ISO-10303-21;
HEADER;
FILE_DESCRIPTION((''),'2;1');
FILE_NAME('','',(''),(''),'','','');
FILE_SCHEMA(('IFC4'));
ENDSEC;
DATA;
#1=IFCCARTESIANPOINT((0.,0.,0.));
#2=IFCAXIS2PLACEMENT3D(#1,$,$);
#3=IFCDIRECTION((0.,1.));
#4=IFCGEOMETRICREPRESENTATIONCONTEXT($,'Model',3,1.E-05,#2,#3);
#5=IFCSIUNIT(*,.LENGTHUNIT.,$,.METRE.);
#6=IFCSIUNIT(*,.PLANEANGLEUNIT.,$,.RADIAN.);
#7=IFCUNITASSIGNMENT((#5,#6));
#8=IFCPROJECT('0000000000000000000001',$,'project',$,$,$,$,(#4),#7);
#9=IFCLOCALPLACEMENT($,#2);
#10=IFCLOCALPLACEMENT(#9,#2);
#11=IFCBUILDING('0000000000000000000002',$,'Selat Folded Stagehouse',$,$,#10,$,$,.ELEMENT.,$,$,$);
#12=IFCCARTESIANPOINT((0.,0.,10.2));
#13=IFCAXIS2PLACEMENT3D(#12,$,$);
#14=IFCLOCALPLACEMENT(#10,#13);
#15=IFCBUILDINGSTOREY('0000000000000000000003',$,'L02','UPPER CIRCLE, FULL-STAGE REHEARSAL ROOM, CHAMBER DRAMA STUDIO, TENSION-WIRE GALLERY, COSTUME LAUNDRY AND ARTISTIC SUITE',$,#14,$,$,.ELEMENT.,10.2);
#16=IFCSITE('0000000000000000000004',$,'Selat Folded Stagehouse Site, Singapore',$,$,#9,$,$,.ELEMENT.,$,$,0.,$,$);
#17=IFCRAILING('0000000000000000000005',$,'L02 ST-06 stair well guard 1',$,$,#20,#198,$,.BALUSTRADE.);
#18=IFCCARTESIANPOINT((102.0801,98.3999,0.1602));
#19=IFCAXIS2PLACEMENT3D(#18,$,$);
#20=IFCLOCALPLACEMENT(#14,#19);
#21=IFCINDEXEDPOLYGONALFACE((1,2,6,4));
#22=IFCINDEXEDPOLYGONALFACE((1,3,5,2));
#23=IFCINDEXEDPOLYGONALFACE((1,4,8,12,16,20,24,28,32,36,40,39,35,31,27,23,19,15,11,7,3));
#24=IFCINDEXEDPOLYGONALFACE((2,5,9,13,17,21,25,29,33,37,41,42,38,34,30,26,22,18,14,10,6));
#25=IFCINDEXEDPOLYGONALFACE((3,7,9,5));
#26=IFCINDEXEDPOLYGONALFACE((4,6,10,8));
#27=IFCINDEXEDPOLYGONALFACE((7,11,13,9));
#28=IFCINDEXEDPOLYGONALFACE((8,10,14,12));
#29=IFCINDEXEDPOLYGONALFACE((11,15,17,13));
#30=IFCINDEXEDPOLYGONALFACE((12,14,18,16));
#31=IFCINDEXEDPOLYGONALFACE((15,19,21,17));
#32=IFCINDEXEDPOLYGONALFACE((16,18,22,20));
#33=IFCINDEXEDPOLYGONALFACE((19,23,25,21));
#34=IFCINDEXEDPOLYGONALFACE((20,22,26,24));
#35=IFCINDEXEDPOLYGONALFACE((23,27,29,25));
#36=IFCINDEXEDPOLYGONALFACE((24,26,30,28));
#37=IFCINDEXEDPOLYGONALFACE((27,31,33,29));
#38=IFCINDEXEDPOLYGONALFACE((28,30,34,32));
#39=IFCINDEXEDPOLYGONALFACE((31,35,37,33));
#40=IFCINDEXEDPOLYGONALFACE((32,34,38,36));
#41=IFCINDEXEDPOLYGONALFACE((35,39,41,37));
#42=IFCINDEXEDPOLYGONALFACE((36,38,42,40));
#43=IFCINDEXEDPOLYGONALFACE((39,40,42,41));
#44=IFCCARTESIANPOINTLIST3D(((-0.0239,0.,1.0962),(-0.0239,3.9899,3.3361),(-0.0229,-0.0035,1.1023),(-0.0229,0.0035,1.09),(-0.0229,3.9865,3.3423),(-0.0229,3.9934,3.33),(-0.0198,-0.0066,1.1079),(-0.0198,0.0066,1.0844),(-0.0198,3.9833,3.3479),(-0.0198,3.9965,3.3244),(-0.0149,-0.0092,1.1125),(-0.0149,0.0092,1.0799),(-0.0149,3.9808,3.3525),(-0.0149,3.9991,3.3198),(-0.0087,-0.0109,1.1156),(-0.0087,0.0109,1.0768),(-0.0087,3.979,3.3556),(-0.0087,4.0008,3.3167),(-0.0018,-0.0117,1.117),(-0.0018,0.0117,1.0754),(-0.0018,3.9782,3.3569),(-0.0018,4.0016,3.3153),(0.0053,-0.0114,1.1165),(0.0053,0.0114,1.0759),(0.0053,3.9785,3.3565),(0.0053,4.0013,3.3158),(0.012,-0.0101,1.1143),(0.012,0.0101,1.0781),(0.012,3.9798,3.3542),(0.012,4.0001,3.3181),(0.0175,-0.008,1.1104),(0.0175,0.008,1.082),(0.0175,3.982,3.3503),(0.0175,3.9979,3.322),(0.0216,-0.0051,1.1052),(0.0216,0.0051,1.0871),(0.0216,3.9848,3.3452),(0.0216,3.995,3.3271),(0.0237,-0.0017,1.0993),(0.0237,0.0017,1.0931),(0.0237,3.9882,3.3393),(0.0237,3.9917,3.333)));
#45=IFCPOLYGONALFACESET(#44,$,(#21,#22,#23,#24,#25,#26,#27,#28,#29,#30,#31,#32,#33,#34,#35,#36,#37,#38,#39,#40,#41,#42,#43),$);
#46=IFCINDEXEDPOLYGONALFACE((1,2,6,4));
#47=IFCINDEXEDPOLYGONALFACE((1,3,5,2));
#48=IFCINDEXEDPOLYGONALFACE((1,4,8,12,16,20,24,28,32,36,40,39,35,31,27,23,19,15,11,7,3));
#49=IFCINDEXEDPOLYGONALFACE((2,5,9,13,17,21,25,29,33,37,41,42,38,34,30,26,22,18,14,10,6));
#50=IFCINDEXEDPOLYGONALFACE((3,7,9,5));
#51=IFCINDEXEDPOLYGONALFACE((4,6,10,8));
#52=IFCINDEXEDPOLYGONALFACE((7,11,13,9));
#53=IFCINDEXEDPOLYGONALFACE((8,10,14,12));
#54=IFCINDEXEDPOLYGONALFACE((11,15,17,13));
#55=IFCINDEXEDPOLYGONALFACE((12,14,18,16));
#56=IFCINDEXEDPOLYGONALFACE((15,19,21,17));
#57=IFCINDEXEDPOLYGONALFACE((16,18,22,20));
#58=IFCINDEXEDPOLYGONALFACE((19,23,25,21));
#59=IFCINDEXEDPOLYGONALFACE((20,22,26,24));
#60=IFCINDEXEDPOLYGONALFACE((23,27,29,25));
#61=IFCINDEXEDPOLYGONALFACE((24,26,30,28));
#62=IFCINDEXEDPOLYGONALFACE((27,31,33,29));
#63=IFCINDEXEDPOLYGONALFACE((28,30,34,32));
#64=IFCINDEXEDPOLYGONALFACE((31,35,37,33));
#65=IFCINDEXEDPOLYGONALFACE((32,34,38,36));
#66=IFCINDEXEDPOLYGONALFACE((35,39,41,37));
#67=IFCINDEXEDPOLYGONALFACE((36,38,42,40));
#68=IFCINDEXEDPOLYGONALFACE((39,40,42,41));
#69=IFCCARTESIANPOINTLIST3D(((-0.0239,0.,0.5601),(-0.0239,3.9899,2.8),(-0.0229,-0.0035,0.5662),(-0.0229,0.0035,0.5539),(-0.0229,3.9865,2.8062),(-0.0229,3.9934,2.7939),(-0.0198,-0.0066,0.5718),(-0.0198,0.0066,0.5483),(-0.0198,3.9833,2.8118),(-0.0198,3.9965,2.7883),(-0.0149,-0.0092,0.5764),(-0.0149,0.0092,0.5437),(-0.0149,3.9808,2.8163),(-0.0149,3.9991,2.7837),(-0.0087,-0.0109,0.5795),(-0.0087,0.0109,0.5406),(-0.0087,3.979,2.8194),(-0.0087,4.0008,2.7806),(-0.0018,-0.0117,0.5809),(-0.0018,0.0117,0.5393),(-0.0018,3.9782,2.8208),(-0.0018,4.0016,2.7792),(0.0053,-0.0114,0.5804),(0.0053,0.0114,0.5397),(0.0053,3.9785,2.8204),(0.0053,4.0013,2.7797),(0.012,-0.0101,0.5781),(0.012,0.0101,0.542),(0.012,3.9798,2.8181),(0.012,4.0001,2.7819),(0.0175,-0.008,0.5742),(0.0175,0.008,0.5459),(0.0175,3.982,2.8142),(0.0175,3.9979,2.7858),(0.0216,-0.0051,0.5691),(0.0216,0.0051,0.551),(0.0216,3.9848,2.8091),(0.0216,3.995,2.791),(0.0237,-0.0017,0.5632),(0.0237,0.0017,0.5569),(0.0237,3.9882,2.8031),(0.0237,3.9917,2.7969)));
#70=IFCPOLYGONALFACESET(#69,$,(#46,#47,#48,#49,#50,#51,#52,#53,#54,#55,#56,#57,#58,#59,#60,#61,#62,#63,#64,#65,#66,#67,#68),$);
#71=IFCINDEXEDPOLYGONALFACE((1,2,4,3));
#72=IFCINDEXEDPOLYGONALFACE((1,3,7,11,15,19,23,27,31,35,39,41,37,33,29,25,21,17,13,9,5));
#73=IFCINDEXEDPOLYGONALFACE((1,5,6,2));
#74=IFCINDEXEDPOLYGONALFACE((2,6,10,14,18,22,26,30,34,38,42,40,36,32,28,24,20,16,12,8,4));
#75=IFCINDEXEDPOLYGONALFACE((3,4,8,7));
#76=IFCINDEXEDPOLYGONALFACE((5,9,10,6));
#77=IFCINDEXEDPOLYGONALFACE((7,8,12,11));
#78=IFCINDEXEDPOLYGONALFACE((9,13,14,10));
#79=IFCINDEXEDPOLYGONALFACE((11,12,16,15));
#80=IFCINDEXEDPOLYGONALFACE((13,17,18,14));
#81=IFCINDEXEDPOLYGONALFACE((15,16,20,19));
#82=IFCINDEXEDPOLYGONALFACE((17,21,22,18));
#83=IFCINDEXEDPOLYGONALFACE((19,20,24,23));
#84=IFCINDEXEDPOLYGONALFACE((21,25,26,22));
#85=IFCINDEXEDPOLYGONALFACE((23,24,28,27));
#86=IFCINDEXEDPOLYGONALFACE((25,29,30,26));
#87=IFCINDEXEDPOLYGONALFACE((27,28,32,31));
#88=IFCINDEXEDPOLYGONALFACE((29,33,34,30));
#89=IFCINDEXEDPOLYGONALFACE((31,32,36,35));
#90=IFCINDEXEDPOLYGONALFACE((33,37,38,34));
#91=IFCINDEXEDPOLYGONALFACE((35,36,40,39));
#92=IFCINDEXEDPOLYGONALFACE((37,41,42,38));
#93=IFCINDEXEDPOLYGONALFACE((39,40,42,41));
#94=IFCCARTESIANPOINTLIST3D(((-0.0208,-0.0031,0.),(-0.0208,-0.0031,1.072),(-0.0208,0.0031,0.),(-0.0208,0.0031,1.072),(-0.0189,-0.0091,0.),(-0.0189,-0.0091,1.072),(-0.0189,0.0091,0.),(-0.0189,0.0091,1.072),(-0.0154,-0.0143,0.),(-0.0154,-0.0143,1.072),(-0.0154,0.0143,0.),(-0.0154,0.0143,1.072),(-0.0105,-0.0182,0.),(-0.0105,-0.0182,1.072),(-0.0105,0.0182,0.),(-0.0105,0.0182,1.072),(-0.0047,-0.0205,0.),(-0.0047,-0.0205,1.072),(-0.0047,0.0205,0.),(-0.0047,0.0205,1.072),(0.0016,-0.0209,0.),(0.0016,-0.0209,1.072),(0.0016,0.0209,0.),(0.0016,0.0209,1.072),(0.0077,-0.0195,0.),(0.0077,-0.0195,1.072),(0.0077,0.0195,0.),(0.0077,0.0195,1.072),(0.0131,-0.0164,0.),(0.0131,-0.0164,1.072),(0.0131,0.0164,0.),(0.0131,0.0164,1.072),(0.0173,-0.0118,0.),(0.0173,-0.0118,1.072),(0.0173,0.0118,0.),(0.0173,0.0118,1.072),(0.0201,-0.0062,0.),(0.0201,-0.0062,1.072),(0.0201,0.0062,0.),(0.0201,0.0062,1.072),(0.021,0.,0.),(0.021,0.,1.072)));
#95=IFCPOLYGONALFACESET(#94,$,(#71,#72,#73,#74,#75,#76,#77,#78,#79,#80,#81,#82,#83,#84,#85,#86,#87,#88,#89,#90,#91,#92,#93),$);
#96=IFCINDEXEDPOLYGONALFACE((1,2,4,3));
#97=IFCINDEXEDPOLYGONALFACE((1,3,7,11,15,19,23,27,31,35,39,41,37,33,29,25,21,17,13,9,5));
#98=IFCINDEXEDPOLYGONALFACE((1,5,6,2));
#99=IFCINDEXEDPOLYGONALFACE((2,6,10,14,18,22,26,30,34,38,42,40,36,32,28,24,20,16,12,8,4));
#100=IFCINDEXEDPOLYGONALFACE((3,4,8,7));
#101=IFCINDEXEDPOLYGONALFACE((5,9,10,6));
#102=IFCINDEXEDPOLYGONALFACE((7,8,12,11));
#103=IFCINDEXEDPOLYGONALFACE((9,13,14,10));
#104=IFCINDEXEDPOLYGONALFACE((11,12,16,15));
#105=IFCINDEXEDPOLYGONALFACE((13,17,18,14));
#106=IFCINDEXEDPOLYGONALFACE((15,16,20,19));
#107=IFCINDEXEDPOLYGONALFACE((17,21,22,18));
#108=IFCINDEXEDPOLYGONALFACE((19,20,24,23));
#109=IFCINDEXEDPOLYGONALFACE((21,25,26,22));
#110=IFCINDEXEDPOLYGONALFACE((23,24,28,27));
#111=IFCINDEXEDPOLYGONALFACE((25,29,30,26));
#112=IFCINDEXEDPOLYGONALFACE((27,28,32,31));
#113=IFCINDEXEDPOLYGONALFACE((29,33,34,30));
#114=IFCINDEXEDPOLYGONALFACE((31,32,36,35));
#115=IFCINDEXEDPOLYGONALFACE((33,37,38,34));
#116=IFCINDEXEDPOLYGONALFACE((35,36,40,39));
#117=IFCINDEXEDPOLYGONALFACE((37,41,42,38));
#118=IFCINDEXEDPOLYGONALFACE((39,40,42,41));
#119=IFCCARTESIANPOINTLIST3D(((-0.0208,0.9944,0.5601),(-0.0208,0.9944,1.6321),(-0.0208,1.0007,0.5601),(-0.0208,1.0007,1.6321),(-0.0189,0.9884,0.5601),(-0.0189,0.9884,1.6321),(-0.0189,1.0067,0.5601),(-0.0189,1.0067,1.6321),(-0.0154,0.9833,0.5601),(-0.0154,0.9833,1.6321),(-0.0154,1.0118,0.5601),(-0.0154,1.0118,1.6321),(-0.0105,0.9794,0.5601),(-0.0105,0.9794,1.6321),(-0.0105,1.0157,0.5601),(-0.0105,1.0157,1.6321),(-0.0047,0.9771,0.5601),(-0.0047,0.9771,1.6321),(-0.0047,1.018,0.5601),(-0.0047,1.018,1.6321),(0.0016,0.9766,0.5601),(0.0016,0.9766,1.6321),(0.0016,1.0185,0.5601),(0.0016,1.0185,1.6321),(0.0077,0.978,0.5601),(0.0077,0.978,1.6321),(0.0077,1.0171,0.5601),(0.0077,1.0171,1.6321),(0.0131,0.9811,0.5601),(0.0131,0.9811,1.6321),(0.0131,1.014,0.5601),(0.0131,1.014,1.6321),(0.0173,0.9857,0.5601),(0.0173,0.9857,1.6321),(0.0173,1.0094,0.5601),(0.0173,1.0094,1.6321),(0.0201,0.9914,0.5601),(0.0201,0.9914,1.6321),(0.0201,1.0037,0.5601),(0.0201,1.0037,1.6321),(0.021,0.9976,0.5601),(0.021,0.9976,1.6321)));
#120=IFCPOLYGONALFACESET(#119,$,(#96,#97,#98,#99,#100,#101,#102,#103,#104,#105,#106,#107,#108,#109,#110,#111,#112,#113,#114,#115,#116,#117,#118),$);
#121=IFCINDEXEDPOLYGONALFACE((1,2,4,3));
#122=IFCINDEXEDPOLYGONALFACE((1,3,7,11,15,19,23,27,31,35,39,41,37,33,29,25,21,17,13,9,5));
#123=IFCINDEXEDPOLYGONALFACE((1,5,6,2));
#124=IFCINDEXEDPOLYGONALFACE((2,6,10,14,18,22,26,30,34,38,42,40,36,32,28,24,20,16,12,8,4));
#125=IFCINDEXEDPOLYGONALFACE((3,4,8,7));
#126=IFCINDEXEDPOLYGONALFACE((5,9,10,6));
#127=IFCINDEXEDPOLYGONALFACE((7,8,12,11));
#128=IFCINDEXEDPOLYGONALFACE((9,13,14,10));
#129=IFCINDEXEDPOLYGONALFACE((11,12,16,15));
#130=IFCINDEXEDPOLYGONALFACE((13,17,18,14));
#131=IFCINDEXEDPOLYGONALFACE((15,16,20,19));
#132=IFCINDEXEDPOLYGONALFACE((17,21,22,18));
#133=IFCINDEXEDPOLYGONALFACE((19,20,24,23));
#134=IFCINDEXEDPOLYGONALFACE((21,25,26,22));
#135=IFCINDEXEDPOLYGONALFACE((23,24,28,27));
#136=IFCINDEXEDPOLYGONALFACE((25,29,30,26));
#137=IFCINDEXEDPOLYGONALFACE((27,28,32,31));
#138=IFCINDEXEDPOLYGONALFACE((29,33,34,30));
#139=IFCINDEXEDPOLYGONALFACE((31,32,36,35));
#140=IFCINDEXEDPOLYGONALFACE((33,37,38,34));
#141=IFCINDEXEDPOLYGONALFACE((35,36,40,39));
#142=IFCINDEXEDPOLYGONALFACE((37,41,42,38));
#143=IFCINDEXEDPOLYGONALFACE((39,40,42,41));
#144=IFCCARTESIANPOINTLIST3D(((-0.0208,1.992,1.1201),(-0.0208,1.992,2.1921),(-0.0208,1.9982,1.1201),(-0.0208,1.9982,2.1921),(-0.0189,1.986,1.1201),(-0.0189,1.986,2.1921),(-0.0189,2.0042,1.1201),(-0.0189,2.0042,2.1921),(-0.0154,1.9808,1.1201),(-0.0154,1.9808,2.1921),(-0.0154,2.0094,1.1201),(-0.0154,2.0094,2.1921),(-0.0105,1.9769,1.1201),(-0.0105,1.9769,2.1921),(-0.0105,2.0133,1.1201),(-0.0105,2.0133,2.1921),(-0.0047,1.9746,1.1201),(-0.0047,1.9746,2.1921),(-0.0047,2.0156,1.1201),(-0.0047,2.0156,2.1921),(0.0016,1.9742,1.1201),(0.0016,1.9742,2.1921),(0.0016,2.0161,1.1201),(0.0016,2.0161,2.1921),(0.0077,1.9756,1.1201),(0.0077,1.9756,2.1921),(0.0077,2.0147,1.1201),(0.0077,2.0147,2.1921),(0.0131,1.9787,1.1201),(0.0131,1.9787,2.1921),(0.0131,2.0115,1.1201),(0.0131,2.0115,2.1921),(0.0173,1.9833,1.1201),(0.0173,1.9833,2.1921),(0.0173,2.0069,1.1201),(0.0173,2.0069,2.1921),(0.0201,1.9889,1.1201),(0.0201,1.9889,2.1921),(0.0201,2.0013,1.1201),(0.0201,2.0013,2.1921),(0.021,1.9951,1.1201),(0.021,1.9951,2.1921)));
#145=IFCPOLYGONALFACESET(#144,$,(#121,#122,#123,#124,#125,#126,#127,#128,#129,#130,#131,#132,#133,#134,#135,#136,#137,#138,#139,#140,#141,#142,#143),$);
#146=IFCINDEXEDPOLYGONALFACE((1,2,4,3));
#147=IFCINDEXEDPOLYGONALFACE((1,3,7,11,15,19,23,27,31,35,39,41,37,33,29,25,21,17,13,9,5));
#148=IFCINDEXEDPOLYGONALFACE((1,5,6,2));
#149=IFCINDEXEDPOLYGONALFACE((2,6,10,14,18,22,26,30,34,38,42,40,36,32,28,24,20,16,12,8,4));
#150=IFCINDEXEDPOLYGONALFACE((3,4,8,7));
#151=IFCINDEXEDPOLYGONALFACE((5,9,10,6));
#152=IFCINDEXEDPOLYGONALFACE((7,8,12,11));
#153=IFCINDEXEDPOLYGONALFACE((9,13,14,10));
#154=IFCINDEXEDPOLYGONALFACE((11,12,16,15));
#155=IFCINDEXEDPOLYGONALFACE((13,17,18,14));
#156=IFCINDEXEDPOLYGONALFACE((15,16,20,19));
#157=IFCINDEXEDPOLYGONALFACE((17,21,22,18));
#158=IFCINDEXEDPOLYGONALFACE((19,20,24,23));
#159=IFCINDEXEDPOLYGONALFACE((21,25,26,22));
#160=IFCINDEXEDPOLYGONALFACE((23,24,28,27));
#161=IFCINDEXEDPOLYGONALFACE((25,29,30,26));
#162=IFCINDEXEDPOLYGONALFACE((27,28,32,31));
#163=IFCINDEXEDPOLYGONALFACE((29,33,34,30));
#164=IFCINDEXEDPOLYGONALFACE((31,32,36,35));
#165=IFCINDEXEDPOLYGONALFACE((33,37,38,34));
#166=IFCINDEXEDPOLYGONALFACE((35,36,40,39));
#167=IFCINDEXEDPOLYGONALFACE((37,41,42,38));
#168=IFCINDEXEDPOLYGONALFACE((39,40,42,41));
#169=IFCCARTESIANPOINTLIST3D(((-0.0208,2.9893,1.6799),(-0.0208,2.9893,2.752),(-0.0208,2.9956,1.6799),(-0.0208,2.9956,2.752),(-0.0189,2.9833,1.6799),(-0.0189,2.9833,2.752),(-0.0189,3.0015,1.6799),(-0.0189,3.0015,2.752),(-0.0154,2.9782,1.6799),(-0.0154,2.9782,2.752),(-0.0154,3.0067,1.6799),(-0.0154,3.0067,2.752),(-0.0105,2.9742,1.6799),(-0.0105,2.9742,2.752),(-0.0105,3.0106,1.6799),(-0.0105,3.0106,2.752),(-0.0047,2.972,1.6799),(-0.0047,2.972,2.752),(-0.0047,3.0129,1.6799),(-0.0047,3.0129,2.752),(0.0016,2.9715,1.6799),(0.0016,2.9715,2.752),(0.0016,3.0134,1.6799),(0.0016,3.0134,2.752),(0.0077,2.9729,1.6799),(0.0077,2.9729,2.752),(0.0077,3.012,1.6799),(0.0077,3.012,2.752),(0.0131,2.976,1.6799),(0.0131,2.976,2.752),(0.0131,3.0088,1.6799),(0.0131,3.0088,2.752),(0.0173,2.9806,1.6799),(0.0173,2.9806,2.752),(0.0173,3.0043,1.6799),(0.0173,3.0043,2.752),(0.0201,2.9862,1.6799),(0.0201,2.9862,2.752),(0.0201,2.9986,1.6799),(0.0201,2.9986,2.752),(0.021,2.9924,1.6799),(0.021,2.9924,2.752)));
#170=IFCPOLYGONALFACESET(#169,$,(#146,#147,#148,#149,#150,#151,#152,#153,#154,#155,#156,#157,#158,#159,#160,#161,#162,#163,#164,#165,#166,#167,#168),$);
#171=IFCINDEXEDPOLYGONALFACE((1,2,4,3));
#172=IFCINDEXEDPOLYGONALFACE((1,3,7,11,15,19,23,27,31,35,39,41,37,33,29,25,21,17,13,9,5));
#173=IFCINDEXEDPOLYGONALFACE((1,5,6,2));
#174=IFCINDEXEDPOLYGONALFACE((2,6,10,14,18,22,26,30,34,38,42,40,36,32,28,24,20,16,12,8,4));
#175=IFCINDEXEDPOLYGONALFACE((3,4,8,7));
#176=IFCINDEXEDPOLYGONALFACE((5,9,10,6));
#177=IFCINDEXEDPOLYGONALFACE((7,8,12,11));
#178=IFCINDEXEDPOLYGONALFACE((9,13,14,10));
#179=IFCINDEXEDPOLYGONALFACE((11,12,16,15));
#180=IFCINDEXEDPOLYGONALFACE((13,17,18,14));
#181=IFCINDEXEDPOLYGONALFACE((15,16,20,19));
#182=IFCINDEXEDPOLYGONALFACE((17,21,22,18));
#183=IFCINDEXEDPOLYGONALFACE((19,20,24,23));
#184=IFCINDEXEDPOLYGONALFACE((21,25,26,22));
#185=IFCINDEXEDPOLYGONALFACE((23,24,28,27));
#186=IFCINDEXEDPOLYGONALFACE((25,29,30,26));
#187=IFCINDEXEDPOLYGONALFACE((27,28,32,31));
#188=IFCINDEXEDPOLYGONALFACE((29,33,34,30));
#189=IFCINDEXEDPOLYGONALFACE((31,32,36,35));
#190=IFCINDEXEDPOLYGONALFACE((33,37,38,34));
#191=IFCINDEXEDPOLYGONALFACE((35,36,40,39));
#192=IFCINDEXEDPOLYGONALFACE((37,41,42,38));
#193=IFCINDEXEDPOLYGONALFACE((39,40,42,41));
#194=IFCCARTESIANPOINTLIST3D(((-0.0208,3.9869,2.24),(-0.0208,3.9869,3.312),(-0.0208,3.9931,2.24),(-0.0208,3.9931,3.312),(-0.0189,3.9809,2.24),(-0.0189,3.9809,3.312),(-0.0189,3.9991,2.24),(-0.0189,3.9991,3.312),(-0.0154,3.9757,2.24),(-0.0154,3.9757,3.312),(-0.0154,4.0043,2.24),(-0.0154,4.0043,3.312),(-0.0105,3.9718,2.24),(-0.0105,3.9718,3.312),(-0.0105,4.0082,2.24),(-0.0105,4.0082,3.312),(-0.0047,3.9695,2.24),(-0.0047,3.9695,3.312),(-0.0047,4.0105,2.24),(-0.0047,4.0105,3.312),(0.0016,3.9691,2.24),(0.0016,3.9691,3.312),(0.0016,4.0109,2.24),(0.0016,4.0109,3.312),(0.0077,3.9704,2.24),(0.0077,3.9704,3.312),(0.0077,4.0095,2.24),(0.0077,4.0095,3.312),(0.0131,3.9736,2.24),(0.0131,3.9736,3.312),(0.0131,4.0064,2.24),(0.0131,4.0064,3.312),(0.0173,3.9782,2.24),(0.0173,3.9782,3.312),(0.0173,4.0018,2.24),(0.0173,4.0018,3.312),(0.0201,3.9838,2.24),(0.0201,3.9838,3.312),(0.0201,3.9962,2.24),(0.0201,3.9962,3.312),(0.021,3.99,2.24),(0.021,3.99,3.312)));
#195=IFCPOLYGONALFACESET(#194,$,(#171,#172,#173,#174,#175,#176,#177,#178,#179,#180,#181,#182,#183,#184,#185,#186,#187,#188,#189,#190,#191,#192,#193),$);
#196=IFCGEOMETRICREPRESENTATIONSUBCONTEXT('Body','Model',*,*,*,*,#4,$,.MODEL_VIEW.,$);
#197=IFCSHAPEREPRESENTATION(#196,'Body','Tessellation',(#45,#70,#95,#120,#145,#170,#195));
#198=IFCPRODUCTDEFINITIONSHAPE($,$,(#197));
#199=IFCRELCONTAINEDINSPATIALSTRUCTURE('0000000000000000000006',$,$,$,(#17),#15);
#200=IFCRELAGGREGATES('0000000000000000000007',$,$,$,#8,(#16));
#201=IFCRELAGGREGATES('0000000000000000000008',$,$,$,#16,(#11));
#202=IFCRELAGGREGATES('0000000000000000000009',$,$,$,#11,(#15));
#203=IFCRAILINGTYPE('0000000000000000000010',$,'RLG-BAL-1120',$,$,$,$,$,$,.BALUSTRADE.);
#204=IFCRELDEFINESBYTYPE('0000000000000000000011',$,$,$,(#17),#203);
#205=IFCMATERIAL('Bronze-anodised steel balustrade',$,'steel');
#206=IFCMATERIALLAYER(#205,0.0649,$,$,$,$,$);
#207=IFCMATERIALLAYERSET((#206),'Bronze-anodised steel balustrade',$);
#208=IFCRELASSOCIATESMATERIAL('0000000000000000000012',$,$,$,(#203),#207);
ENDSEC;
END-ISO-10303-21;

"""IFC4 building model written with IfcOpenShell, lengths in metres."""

from ifc_helpers import new_model, si_unit, direction, frame, origin, origin_2d, place, context, subcontext, project, spatial, circle, extrude, material, layer, layer_set, type_object, element, save


model = new_model("IFC4")

# Units and contexts
model_context = context("Model", 3, precision=1e-05, world=origin(), true_north=direction((0.0, 1.0)))
body_context = subcontext(model_context, "Body", "Model", "MODEL_VIEW")
ifc_project = project(units=[si_unit("LENGTHUNIT", "METRE"), si_unit("PLANEANGLEUNIT", "RADIAN")], contexts=[model_context])

# Site, building, storey
site_placement = place(None, origin())
site = spatial("IfcSite", under=ifc_project, at=site_placement, Name="Selat Folded Stagehouse Site, Singapore", CompositionType="ELEMENT", RefElevation=0.0)
building_placement = place(site_placement, origin())
building = spatial("IfcBuilding", under=site, at=building_placement, Name="Selat Folded Stagehouse", CompositionType="ELEMENT")
storey_placement = place(building_placement, frame((0.0, 0.0, 10.2)))
storey = spatial("IfcBuildingStorey", under=building, at=storey_placement, Name="L02", Description="UPPER CIRCLE, FULL-STAGE REHEARSAL ROOM, CHAMBER DRAMA STUDIO, TENSION-WIRE GALLERY, COSTUME LAUNDRY AND ARTISTIC SUITE", CompositionType="ELEMENT", Elevation=10.2)

# Railing
ifc_material_1 = material(Name="Bronze-anodised steel balustrade", Category="steel")
ifc_layer_1 = layer(ifc_material_1, 0.0649)
ifc_layer_set_1 = layer_set([ifc_layer_1], Name="Bronze-anodised steel balustrade")
railing_type_1 = type_object("IfcRailingType", Name="RLG-BAL-1120", PredefinedType="BALUSTRADE", material=ifc_layer_set_1)
railing_1_placement = place(storey_placement, frame((102.0801, 98.3999, 0.1602)))
element("IfcRailing", 1, at=railing_1_placement, inside=storey, type_object=railing_type_1, Name="L02 ST-06 stair well guard 1", PredefinedType="BALUSTRADE", context=body_context, shape_type="SweptSolid", body=[
    extrude(circle(Radius=0.0239, at=origin_2d()), frame((0.0, 0.0, 1.0962), z_axis=(0.0, 0.871984, 0.489534), x_axis=(-1.0, 0.0, 0.0)), (0.0, 0.0, 1.0), 4.5757),
    extrude(circle(Radius=0.0239, at=origin_2d()), frame((0.0, 0.0, 0.5601), z_axis=(0.0, 0.871984, 0.489534), x_axis=(-1.0, 0.0, 0.0)), (0.0, 0.0, 1.0), 4.5757),
    extrude(circle(Radius=0.021, at=origin_2d()), origin(), (0.0, 0.0, 1.0), 1.072),
    extrude(circle(Radius=0.021, at=origin_2d()), frame((0.0, 0.9976, 0.5601)), (0.0, 0.0, 1.0), 1.072),
    extrude(circle(Radius=0.021, at=origin_2d()), frame((0.0, 1.9951, 1.1201)), (0.0, 0.0, 1.0), 1.072),
    extrude(circle(Radius=0.021, at=origin_2d()), frame((0.0, 2.9924, 1.6799)), (0.0, 0.0, 1.0), 1.072),
    extrude(circle(Radius=0.021, at=origin_2d()), frame((0.0, 3.99, 2.24)), (0.0, 0.0, 1.0), 1.072),
])

save(model, "model.ifc")
